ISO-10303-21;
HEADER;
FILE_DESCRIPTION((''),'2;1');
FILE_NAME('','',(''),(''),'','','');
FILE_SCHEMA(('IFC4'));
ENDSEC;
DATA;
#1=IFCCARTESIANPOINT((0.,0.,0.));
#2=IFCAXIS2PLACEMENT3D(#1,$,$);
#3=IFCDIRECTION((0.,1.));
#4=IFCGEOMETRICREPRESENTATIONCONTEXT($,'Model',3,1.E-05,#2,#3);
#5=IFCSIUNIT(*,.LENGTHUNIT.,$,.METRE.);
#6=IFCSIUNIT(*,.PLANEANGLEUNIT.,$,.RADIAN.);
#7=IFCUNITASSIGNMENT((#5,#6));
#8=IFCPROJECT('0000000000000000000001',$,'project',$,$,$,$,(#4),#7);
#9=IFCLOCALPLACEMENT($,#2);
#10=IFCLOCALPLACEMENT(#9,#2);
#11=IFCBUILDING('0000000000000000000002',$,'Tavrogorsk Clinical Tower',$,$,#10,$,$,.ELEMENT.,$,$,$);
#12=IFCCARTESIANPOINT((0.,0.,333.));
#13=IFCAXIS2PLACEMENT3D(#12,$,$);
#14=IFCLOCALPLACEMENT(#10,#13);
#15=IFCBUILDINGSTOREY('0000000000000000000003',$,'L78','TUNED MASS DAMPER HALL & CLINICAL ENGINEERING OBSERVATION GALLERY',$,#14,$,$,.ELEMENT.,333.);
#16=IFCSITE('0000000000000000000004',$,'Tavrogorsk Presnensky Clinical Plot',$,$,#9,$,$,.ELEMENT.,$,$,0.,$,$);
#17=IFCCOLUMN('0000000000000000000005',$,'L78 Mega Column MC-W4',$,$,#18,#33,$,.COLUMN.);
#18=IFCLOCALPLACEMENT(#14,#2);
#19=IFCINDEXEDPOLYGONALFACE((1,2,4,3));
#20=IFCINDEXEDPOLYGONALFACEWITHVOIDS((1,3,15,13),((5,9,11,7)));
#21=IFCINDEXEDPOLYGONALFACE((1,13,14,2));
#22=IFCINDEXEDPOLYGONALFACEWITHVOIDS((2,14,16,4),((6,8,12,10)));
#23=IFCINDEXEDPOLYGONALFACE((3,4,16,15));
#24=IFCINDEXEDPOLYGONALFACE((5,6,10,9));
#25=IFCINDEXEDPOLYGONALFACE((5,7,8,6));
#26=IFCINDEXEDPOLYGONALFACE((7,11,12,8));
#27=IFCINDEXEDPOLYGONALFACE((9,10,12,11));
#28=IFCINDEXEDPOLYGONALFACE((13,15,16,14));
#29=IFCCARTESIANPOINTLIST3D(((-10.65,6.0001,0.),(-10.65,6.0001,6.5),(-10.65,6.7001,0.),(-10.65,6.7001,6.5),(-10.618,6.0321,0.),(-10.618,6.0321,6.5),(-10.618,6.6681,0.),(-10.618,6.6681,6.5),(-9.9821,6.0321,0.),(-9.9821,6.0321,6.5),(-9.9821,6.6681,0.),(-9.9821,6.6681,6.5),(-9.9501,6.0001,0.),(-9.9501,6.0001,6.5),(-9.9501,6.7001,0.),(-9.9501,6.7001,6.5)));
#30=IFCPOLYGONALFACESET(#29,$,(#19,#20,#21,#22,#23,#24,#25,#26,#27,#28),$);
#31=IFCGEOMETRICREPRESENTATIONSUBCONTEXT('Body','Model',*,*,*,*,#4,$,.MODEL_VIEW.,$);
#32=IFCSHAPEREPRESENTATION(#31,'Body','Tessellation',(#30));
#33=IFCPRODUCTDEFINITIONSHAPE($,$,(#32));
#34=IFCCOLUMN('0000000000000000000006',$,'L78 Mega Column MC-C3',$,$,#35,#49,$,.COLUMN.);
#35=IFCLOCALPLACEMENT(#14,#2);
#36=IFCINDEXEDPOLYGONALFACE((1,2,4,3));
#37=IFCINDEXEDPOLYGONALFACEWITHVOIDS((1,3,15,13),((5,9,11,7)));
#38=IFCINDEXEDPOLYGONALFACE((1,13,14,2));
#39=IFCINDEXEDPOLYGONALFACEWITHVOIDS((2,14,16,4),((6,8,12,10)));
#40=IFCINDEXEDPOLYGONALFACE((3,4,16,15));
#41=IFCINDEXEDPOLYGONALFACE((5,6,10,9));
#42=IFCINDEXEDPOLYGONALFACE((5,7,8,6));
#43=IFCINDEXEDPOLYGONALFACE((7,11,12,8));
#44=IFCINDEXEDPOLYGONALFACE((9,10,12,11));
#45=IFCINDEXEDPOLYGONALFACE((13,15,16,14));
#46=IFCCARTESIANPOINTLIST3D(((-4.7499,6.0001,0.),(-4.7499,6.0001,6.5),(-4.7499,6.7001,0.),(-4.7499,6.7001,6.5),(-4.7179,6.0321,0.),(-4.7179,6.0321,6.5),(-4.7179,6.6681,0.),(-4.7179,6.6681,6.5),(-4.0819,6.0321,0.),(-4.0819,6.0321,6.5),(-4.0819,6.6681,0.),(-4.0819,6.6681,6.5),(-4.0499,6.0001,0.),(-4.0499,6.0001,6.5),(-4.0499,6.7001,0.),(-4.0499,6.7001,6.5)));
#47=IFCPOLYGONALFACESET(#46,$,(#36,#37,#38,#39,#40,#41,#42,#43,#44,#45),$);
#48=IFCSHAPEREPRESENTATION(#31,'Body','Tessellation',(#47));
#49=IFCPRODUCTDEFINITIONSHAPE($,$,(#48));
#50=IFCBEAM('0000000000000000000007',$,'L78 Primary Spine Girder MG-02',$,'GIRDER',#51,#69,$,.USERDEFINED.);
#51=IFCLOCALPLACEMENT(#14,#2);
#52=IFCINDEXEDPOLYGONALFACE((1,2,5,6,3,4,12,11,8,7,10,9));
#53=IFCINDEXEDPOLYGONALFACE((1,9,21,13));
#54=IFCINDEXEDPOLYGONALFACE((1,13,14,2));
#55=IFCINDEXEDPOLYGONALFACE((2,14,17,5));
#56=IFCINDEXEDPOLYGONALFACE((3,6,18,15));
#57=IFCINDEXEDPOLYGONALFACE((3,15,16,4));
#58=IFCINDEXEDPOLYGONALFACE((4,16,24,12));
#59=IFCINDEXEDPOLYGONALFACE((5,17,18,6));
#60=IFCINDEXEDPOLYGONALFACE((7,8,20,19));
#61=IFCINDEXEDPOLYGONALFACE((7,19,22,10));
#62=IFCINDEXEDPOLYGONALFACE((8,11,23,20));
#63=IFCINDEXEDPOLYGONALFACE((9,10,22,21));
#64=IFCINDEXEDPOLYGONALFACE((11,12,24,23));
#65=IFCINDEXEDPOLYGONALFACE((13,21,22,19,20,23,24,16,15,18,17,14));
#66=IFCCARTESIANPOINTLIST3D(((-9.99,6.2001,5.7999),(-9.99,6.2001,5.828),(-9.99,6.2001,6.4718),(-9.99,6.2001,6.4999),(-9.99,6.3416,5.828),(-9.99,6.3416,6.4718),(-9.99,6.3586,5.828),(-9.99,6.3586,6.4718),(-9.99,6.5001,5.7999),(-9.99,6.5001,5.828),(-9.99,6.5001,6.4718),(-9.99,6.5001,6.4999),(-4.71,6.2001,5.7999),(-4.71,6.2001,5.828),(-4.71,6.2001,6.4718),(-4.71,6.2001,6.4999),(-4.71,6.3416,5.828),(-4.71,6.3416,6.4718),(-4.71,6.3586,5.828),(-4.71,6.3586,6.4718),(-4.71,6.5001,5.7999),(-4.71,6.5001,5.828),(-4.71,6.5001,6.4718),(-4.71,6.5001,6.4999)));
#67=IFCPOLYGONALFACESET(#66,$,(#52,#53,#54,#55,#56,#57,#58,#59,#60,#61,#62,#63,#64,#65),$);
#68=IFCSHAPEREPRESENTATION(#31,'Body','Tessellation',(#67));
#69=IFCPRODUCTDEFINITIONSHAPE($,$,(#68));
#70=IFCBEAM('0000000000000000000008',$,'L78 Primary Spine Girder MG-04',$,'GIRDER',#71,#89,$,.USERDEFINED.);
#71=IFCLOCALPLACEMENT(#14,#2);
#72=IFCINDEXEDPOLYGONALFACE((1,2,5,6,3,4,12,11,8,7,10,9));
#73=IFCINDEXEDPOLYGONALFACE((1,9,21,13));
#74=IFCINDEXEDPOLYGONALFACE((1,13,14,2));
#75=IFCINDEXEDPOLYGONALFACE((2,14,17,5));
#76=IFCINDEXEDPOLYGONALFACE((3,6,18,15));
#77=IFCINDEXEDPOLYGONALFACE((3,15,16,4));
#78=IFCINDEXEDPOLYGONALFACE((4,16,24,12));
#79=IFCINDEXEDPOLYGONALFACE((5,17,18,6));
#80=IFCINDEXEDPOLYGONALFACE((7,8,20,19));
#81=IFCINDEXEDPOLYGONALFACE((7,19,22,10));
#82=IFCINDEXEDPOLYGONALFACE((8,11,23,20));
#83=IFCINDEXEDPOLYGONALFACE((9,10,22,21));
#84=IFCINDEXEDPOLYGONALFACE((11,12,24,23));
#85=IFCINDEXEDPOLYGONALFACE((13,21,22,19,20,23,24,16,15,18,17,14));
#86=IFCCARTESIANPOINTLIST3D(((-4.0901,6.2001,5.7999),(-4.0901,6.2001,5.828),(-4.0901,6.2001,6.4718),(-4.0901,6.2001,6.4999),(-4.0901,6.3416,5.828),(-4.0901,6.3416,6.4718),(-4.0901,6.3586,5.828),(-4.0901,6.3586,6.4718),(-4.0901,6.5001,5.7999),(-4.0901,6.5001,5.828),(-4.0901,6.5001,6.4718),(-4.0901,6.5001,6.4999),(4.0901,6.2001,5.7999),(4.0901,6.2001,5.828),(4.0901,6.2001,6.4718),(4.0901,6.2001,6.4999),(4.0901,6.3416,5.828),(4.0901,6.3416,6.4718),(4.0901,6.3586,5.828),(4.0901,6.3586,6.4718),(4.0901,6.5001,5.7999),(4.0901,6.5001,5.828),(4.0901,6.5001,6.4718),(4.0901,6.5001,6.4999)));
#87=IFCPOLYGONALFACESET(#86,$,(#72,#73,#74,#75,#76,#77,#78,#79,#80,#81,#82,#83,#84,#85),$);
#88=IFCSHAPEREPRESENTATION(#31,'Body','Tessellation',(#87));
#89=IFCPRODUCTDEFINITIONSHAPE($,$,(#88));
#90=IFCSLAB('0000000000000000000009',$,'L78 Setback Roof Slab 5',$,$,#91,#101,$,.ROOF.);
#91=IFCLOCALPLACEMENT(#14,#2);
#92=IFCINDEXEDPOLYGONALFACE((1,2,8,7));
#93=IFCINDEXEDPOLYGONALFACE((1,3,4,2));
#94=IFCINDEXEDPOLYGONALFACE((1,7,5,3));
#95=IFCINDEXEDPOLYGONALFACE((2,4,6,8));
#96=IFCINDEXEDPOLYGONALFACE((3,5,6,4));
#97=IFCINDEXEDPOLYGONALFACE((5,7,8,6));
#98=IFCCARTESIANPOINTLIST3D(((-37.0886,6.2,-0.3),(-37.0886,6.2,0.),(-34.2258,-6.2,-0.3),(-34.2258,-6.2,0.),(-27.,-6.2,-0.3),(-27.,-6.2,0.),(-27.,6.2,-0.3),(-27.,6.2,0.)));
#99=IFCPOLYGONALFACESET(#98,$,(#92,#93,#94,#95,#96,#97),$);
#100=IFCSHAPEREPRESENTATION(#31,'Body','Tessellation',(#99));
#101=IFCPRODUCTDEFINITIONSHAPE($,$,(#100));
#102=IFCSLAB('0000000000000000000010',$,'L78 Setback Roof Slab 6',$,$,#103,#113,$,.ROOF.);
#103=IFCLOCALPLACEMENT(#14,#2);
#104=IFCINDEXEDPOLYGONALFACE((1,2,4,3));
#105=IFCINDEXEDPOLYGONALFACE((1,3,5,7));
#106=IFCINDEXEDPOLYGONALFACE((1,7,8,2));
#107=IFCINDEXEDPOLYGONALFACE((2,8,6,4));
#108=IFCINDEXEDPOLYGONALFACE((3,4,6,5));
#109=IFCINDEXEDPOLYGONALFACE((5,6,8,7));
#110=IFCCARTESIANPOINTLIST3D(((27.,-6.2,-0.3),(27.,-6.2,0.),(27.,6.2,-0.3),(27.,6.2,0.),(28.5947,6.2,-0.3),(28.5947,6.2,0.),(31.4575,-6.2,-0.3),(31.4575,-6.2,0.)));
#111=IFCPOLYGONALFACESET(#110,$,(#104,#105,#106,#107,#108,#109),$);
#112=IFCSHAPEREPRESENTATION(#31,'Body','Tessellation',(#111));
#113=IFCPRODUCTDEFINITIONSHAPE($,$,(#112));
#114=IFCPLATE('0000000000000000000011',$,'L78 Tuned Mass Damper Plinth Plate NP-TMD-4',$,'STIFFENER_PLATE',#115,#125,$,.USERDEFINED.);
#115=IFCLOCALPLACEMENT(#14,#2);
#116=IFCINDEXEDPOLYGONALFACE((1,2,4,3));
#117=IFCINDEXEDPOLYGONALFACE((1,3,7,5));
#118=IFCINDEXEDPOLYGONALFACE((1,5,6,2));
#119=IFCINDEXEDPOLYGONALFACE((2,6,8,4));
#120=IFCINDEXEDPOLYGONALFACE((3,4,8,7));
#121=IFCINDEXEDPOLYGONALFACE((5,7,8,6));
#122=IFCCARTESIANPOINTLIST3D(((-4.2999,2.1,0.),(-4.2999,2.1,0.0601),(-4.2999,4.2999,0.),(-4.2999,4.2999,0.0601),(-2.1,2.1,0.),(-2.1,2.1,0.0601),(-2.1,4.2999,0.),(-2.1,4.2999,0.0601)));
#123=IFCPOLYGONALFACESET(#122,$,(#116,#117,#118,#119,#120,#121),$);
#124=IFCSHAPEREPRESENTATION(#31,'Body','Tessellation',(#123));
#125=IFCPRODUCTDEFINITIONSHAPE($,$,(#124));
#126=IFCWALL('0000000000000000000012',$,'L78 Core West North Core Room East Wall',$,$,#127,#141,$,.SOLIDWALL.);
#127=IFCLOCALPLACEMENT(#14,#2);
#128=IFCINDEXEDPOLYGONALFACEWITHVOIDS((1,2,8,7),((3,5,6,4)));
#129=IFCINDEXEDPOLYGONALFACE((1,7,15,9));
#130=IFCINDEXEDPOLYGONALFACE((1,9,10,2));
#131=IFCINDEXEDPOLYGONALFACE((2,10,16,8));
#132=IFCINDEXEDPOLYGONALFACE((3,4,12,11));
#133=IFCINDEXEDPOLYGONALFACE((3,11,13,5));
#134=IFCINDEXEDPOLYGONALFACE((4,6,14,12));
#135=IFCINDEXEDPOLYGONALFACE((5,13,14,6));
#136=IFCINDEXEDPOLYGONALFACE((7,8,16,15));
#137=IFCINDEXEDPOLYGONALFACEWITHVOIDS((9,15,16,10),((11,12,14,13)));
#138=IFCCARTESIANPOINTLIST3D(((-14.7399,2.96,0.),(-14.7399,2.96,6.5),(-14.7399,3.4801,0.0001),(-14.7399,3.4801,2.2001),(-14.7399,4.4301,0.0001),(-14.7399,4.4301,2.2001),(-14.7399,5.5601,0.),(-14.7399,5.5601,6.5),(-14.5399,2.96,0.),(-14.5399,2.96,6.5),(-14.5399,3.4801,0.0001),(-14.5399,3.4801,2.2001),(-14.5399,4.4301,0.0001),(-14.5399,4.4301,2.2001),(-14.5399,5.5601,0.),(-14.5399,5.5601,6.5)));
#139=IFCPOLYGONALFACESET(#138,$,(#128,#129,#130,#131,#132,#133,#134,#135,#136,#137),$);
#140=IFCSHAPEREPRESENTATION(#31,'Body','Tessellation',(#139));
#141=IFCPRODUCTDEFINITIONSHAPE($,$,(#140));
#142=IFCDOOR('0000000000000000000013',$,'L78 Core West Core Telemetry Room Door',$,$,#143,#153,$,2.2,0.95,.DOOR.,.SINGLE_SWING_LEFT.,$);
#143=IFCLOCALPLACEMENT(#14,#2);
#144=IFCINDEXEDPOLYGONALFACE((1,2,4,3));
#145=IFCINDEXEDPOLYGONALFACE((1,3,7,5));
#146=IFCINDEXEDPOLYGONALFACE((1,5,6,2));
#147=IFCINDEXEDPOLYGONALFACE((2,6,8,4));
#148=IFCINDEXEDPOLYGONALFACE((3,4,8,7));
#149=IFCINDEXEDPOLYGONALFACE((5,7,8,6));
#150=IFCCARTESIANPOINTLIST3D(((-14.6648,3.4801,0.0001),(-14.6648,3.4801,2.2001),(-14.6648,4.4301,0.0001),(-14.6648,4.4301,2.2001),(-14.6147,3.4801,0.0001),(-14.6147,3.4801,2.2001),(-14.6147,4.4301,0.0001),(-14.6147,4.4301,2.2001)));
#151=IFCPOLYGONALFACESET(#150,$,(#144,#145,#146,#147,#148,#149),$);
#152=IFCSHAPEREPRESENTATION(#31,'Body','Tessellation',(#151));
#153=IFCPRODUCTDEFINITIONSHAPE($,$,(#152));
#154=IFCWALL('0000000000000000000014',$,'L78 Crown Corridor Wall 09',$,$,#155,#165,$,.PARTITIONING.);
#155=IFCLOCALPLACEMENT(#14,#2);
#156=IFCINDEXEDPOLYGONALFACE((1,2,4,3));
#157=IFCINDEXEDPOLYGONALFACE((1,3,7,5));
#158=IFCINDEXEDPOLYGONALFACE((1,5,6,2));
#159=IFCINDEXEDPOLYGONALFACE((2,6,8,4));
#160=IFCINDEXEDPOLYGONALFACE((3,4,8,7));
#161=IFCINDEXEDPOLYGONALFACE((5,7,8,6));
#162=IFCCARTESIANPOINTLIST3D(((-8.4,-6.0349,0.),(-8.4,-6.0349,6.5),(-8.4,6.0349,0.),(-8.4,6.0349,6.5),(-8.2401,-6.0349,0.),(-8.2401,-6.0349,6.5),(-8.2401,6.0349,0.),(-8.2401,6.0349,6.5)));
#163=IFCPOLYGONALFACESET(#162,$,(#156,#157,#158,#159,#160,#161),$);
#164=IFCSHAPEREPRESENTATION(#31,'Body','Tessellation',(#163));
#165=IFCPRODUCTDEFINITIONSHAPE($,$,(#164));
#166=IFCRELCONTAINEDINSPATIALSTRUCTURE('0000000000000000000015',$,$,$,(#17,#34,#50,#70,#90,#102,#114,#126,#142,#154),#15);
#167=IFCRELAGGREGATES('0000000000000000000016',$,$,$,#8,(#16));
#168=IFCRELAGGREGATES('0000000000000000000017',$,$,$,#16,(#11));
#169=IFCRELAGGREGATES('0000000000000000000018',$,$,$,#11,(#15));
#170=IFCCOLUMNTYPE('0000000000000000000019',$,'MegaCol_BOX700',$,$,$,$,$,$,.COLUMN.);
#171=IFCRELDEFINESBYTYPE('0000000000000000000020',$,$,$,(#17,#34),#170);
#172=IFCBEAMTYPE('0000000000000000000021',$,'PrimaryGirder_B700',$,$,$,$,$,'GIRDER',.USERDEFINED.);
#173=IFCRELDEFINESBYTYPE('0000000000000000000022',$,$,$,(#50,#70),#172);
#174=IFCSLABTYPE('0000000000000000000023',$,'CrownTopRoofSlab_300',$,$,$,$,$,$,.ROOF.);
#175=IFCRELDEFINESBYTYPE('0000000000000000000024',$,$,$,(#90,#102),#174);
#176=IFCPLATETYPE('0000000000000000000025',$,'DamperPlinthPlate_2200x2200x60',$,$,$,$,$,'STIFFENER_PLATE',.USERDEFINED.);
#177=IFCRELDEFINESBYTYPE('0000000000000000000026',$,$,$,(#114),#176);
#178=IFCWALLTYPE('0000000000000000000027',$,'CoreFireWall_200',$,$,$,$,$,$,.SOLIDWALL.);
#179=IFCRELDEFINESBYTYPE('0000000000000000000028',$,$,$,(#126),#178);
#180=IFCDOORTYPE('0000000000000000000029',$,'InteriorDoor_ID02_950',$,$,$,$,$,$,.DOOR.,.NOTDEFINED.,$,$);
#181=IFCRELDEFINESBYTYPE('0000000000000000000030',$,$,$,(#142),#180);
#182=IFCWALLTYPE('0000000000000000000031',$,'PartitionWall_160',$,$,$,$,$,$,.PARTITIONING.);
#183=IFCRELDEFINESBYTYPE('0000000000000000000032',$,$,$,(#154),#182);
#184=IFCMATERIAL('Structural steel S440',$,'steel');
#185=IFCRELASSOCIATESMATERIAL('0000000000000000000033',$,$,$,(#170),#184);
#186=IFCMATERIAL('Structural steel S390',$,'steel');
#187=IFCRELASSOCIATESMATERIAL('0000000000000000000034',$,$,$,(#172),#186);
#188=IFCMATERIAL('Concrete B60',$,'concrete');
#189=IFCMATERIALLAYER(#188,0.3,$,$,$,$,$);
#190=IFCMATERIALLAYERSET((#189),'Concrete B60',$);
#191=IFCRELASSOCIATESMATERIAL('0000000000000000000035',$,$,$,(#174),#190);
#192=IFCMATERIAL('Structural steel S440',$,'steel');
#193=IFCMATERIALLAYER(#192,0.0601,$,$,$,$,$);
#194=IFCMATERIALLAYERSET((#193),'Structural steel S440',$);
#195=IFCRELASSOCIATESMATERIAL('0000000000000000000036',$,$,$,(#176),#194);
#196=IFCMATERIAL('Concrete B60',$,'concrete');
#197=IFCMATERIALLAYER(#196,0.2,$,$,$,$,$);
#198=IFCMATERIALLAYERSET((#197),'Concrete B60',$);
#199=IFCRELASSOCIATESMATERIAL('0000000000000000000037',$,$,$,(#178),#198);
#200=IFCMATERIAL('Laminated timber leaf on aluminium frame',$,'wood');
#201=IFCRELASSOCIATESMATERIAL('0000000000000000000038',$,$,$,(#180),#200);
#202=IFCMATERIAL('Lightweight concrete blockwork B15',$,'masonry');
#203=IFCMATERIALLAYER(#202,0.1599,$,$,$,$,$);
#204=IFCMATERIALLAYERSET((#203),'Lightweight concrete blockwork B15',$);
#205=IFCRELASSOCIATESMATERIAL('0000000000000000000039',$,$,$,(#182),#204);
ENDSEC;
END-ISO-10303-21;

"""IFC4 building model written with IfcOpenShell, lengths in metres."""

from ifc_helpers import new_model, si_unit, direction, frame, frame_2d, origin, origin_2d, place, context, subcontext, project, spatial, polyline, rectangle, hollow_rectangle, i_section, outline, extrude, material, layer, layer_set, material_profile, profile_set, type_object, element, fill, save


model = new_model("IFC4")

# Units and contexts
model_context = context("Model", 3, precision=1e-05, world=origin(), true_north=direction((0.0, 1.0)))
body_context = subcontext(model_context, "Body", "Model", "MODEL_VIEW")
ifc_project = project(units=[si_unit("LENGTHUNIT", "METRE"), si_unit("PLANEANGLEUNIT", "RADIAN")], contexts=[model_context])

# Site, building, storey
site_placement = place(None, origin())
site = spatial("IfcSite", under=ifc_project, at=site_placement, Name="Tavrogorsk Presnensky Clinical Plot", CompositionType="ELEMENT", RefElevation=0.0)
building_placement = place(site_placement, origin())
building = spatial("IfcBuilding", under=site, at=building_placement, Name="Tavrogorsk Clinical Tower", CompositionType="ELEMENT")
storey_placement = place(building_placement, frame((0.0, 0.0, 333.0)))
storey = spatial("IfcBuildingStorey", under=building, at=storey_placement, Name="L78", Description="TUNED MASS DAMPER HALL & CLINICAL ENGINEERING OBSERVATION GALLERY", CompositionType="ELEMENT", Elevation=333.0)

# Columns
ifc_material_1 = material(Name="Structural steel S440", Category="steel")
ifc_material_profile_1 = material_profile(ifc_material_1, hollow_rectangle(XDim=0.7, YDim=0.7, WallThickness=0.032, at=origin_2d()), Name="BOX-700x700x32")
ifc_profile_set_1 = profile_set([ifc_material_profile_1], Name="Structural steel S440")
column_type = type_object("IfcColumnType", Name="MegaCol_BOX700", PredefinedType="COLUMN", material=ifc_profile_set_1)
for number, where, z_axis, x_axis, name in (
    (1, (-10.3, 6.3501, 0.0), (0.0, 0.0, 1.0), (1.0, 0.0, 0.0), "L78 Mega Column MC-W4"),
    (2, (-4.3999, 6.3501, 0.0), (0.0, 0.0, 1.0), (1.0, 0.0, 0.0), "L78 Mega Column MC-C3"),
):
    element("IfcColumn", number, at=place(storey_placement, frame(where, z_axis=z_axis, x_axis=x_axis)), inside=storey, type_object=column_type, Name=name, PredefinedType="COLUMN", context=body_context, shape_type="SweptSolid", body=[
        extrude(hollow_rectangle(XDim=0.7, YDim=0.7, WallThickness=0.032, at=origin_2d()), origin(), (0.0, 0.0, 1.0), 6.5),
    ])

# Beams
ifc_material_2 = material(Name="Structural steel S390", Category="steel")
ifc_material_profile_2 = material_profile(ifc_material_2, i_section(OverallWidth=0.3, OverallDepth=0.7, WebThickness=0.0171, FlangeThickness=0.0281, at=origin_2d()), Name="B-700x300x17x28")
ifc_profile_set_2 = profile_set([ifc_material_profile_2], Name="Structural steel S390")
beam_type = type_object("IfcBeamType", Name="PrimaryGirder_B700", ElementType="GIRDER", PredefinedType="USERDEFINED", material=ifc_profile_set_2)
beam_1_placement = place(storey_placement, frame((-9.99, 6.3501, 6.1499), z_axis=(1.0, 0.0, 0.0), x_axis=(0.0, 1.0, 0.0)))
element("IfcBeam", 3, at=beam_1_placement, inside=storey, type_object=beam_type, Name="L78 Primary Spine Girder MG-02", ObjectType="GIRDER", PredefinedType="USERDEFINED", context=body_context, shape_type="SweptSolid", body=[
    extrude(i_section(OverallWidth=0.3, OverallDepth=0.7, WebThickness=0.0171, FlangeThickness=0.0281, at=origin_2d()), origin(), (0.0, 0.0, 1.0), 5.28),
])
beam_2_placement = place(storey_placement, frame((-4.0901, 6.3501, 6.1499), z_axis=(1.0, 0.0, 0.0), x_axis=(0.0, 1.0, 0.0)))
element("IfcBeam", 4, at=beam_2_placement, inside=storey, type_object=beam_type, Name="L78 Primary Spine Girder MG-04", ObjectType="GIRDER", PredefinedType="USERDEFINED", context=body_context, shape_type="SweptSolid", body=[
    extrude(i_section(OverallWidth=0.3, OverallDepth=0.7, WebThickness=0.0171, FlangeThickness=0.0281, at=origin_2d()), origin(), (0.0, 0.0, 1.0), 8.1802),
])

# Slabs
ifc_material_3 = material(Name="Concrete B60", Category="concrete")
ifc_layer_1 = layer(ifc_material_3, 0.3)
ifc_layer_set_1 = layer_set([ifc_layer_1], Name="Concrete B60")
slab_type = type_object("IfcSlabType", Name="CrownTopRoofSlab_300", PredefinedType="ROOF", material=ifc_layer_set_1)
slab_1_placement = place(storey_placement, frame((0.0, 0.0, -0.3)))
element("IfcSlab", 5, at=slab_1_placement, inside=storey, type_object=slab_type, Name="L78 Setback Roof Slab 5", PredefinedType="ROOF", context=body_context, shape_type="SweptSolid", body=[
    extrude(outline(polyline([(-37.0886, 6.2), (-27.0, 6.2), (-27.0, -6.2), (-34.2258, -6.2), (-37.0886, 6.2)])), origin(), (0.0, 0.0, 1.0), 0.3),
])
slab_2_placement = place(storey_placement, frame((0.0, 0.0, -0.3)))
element("IfcSlab", 6, at=slab_2_placement, inside=storey, type_object=slab_type, Name="L78 Setback Roof Slab 6", PredefinedType="ROOF", context=body_context, shape_type="SweptSolid", body=[
    extrude(outline(polyline([(27.0, 6.2), (28.5947, 6.2), (31.4575, -6.2), (27.0, -6.2), (27.0, 6.2)])), origin(), (0.0, 0.0, 1.0), 0.3),
])

# Plate
ifc_material_4 = material(Name="Structural steel S440", Category="steel")
ifc_layer_2 = layer(ifc_material_4, 0.0601)
ifc_layer_set_2 = layer_set([ifc_layer_2], Name="Structural steel S440")
plate_type = type_object("IfcPlateType", Name="DamperPlinthPlate_2200x2200x60", ElementType="STIFFENER_PLATE", PredefinedType="USERDEFINED", material=ifc_layer_set_2)
plate_placement = place(storey_placement, frame((-3.2, 3.2, 0.0), z_axis=(0.0, 0.0, 1.0), x_axis=(1.0, 0.0, 0.0)))
element("IfcPlate", 7, at=plate_placement, inside=storey, type_object=plate_type, Name="L78 Tuned Mass Damper Plinth Plate NP-TMD-4", ObjectType="STIFFENER_PLATE", PredefinedType="USERDEFINED", context=body_context, shape_type="SweptSolid", body=[
    extrude(rectangle(XDim=2.2, YDim=2.2, at=origin_2d()), origin(), (0.0, 0.0, 1.0), 0.0601),
])

# Wall, opening, door
ifc_material_5 = material(Name="Concrete B60", Category="concrete")
ifc_layer_3 = layer(ifc_material_5, 0.2)
ifc_layer_set_3 = layer_set([ifc_layer_3], Name="Concrete B60")
wall_type_1 = type_object("IfcWallType", Name="CoreFireWall_200", PredefinedType="SOLIDWALL", material=ifc_layer_set_3)
wall_1_placement = place(storey_placement, frame((-14.6399, 2.96, 0.0), z_axis=(0.0, 0.0, 1.0), x_axis=(0.0, 1.0, 0.0)))
wall_1 = element("IfcWall", 8, at=wall_1_placement, inside=storey, type_object=wall_type_1, Name="L78 Core West North Core Room East Wall", PredefinedType="SOLIDWALL", context=body_context, shape_type="SweptSolid", body=[
    extrude(rectangle(XDim=2.6001, YDim=0.2, at=frame_2d((1.3, 0.0))), origin(), (0.0, 0.0, 1.0), 6.5),
])
opening_1_placement = place(wall_1_placement, frame((0.52, 0.0, 0.0)))
opening_1 = element("IfcOpeningElement", 9, at=opening_1_placement, cuts=wall_1, PredefinedType="OPENING", context=body_context, shape_type="SweptSolid", body=[
    extrude(rectangle(XDim=0.95, YDim=2.2, at=frame_2d((0.4751, 1.1001))), frame((0.0, 0.1099, 0.0), z_axis=(0.0, -1.0, 0.0), x_axis=(1.0, 0.0, 0.0)), (0.0, 0.0, 1.0), 0.22),
])
ifc_material_6 = material(Name="Laminated timber leaf on aluminium frame", Category="wood")
door_type_1 = type_object("IfcDoorType", Name="InteriorDoor_ID02_950", OperationType="NOTDEFINED", PredefinedType="DOOR", material=ifc_material_6)
door_1_placement = place(opening_1_placement, origin())
door_1 = element("IfcDoor", 10, at=door_1_placement, inside=storey, type_object=door_type_1, Name="L78 Core West Core Telemetry Room Door", OperationType="SINGLE_SWING_LEFT", OverallHeight=2.2, OverallWidth=0.95, PredefinedType="DOOR", context=body_context, shape_type="SweptSolid", body=[
    extrude(rectangle(XDim=0.95, YDim=2.2, at=frame_2d((0.4751, 1.1001))), frame((0.0, 0.0249, 0.0), z_axis=(0.0, -1.0, 0.0), x_axis=(1.0, 0.0, 0.0)), (0.0, 0.0, 1.0), 0.05),
])
fill(opening_1, door_1)

# Wall
ifc_material_7 = material(Name="Lightweight concrete blockwork B15", Category="masonry")
ifc_layer_4 = layer(ifc_material_7, 0.1599)
ifc_layer_set_4 = layer_set([ifc_layer_4], Name="Lightweight concrete blockwork B15")
wall_type_2 = type_object("IfcWallType", Name="PartitionWall_160", PredefinedType="PARTITIONING", material=ifc_layer_set_4)
wall_2_placement = place(storey_placement, frame((-8.3201, 6.0349, 0.0), z_axis=(0.0, 0.0, 1.0), x_axis=(0.0, -1.0, 0.0)))
element("IfcWall", 11, at=wall_2_placement, inside=storey, type_object=wall_type_2, Name="L78 Crown Corridor Wall 09", PredefinedType="PARTITIONING", context=body_context, shape_type="SweptSolid", body=[
    extrude(rectangle(XDim=12.0698, YDim=0.1599, at=frame_2d((6.0349, 0.0))), origin(), (0.0, 0.0, 1.0), 6.5),
])

save(model, "model.ifc")
